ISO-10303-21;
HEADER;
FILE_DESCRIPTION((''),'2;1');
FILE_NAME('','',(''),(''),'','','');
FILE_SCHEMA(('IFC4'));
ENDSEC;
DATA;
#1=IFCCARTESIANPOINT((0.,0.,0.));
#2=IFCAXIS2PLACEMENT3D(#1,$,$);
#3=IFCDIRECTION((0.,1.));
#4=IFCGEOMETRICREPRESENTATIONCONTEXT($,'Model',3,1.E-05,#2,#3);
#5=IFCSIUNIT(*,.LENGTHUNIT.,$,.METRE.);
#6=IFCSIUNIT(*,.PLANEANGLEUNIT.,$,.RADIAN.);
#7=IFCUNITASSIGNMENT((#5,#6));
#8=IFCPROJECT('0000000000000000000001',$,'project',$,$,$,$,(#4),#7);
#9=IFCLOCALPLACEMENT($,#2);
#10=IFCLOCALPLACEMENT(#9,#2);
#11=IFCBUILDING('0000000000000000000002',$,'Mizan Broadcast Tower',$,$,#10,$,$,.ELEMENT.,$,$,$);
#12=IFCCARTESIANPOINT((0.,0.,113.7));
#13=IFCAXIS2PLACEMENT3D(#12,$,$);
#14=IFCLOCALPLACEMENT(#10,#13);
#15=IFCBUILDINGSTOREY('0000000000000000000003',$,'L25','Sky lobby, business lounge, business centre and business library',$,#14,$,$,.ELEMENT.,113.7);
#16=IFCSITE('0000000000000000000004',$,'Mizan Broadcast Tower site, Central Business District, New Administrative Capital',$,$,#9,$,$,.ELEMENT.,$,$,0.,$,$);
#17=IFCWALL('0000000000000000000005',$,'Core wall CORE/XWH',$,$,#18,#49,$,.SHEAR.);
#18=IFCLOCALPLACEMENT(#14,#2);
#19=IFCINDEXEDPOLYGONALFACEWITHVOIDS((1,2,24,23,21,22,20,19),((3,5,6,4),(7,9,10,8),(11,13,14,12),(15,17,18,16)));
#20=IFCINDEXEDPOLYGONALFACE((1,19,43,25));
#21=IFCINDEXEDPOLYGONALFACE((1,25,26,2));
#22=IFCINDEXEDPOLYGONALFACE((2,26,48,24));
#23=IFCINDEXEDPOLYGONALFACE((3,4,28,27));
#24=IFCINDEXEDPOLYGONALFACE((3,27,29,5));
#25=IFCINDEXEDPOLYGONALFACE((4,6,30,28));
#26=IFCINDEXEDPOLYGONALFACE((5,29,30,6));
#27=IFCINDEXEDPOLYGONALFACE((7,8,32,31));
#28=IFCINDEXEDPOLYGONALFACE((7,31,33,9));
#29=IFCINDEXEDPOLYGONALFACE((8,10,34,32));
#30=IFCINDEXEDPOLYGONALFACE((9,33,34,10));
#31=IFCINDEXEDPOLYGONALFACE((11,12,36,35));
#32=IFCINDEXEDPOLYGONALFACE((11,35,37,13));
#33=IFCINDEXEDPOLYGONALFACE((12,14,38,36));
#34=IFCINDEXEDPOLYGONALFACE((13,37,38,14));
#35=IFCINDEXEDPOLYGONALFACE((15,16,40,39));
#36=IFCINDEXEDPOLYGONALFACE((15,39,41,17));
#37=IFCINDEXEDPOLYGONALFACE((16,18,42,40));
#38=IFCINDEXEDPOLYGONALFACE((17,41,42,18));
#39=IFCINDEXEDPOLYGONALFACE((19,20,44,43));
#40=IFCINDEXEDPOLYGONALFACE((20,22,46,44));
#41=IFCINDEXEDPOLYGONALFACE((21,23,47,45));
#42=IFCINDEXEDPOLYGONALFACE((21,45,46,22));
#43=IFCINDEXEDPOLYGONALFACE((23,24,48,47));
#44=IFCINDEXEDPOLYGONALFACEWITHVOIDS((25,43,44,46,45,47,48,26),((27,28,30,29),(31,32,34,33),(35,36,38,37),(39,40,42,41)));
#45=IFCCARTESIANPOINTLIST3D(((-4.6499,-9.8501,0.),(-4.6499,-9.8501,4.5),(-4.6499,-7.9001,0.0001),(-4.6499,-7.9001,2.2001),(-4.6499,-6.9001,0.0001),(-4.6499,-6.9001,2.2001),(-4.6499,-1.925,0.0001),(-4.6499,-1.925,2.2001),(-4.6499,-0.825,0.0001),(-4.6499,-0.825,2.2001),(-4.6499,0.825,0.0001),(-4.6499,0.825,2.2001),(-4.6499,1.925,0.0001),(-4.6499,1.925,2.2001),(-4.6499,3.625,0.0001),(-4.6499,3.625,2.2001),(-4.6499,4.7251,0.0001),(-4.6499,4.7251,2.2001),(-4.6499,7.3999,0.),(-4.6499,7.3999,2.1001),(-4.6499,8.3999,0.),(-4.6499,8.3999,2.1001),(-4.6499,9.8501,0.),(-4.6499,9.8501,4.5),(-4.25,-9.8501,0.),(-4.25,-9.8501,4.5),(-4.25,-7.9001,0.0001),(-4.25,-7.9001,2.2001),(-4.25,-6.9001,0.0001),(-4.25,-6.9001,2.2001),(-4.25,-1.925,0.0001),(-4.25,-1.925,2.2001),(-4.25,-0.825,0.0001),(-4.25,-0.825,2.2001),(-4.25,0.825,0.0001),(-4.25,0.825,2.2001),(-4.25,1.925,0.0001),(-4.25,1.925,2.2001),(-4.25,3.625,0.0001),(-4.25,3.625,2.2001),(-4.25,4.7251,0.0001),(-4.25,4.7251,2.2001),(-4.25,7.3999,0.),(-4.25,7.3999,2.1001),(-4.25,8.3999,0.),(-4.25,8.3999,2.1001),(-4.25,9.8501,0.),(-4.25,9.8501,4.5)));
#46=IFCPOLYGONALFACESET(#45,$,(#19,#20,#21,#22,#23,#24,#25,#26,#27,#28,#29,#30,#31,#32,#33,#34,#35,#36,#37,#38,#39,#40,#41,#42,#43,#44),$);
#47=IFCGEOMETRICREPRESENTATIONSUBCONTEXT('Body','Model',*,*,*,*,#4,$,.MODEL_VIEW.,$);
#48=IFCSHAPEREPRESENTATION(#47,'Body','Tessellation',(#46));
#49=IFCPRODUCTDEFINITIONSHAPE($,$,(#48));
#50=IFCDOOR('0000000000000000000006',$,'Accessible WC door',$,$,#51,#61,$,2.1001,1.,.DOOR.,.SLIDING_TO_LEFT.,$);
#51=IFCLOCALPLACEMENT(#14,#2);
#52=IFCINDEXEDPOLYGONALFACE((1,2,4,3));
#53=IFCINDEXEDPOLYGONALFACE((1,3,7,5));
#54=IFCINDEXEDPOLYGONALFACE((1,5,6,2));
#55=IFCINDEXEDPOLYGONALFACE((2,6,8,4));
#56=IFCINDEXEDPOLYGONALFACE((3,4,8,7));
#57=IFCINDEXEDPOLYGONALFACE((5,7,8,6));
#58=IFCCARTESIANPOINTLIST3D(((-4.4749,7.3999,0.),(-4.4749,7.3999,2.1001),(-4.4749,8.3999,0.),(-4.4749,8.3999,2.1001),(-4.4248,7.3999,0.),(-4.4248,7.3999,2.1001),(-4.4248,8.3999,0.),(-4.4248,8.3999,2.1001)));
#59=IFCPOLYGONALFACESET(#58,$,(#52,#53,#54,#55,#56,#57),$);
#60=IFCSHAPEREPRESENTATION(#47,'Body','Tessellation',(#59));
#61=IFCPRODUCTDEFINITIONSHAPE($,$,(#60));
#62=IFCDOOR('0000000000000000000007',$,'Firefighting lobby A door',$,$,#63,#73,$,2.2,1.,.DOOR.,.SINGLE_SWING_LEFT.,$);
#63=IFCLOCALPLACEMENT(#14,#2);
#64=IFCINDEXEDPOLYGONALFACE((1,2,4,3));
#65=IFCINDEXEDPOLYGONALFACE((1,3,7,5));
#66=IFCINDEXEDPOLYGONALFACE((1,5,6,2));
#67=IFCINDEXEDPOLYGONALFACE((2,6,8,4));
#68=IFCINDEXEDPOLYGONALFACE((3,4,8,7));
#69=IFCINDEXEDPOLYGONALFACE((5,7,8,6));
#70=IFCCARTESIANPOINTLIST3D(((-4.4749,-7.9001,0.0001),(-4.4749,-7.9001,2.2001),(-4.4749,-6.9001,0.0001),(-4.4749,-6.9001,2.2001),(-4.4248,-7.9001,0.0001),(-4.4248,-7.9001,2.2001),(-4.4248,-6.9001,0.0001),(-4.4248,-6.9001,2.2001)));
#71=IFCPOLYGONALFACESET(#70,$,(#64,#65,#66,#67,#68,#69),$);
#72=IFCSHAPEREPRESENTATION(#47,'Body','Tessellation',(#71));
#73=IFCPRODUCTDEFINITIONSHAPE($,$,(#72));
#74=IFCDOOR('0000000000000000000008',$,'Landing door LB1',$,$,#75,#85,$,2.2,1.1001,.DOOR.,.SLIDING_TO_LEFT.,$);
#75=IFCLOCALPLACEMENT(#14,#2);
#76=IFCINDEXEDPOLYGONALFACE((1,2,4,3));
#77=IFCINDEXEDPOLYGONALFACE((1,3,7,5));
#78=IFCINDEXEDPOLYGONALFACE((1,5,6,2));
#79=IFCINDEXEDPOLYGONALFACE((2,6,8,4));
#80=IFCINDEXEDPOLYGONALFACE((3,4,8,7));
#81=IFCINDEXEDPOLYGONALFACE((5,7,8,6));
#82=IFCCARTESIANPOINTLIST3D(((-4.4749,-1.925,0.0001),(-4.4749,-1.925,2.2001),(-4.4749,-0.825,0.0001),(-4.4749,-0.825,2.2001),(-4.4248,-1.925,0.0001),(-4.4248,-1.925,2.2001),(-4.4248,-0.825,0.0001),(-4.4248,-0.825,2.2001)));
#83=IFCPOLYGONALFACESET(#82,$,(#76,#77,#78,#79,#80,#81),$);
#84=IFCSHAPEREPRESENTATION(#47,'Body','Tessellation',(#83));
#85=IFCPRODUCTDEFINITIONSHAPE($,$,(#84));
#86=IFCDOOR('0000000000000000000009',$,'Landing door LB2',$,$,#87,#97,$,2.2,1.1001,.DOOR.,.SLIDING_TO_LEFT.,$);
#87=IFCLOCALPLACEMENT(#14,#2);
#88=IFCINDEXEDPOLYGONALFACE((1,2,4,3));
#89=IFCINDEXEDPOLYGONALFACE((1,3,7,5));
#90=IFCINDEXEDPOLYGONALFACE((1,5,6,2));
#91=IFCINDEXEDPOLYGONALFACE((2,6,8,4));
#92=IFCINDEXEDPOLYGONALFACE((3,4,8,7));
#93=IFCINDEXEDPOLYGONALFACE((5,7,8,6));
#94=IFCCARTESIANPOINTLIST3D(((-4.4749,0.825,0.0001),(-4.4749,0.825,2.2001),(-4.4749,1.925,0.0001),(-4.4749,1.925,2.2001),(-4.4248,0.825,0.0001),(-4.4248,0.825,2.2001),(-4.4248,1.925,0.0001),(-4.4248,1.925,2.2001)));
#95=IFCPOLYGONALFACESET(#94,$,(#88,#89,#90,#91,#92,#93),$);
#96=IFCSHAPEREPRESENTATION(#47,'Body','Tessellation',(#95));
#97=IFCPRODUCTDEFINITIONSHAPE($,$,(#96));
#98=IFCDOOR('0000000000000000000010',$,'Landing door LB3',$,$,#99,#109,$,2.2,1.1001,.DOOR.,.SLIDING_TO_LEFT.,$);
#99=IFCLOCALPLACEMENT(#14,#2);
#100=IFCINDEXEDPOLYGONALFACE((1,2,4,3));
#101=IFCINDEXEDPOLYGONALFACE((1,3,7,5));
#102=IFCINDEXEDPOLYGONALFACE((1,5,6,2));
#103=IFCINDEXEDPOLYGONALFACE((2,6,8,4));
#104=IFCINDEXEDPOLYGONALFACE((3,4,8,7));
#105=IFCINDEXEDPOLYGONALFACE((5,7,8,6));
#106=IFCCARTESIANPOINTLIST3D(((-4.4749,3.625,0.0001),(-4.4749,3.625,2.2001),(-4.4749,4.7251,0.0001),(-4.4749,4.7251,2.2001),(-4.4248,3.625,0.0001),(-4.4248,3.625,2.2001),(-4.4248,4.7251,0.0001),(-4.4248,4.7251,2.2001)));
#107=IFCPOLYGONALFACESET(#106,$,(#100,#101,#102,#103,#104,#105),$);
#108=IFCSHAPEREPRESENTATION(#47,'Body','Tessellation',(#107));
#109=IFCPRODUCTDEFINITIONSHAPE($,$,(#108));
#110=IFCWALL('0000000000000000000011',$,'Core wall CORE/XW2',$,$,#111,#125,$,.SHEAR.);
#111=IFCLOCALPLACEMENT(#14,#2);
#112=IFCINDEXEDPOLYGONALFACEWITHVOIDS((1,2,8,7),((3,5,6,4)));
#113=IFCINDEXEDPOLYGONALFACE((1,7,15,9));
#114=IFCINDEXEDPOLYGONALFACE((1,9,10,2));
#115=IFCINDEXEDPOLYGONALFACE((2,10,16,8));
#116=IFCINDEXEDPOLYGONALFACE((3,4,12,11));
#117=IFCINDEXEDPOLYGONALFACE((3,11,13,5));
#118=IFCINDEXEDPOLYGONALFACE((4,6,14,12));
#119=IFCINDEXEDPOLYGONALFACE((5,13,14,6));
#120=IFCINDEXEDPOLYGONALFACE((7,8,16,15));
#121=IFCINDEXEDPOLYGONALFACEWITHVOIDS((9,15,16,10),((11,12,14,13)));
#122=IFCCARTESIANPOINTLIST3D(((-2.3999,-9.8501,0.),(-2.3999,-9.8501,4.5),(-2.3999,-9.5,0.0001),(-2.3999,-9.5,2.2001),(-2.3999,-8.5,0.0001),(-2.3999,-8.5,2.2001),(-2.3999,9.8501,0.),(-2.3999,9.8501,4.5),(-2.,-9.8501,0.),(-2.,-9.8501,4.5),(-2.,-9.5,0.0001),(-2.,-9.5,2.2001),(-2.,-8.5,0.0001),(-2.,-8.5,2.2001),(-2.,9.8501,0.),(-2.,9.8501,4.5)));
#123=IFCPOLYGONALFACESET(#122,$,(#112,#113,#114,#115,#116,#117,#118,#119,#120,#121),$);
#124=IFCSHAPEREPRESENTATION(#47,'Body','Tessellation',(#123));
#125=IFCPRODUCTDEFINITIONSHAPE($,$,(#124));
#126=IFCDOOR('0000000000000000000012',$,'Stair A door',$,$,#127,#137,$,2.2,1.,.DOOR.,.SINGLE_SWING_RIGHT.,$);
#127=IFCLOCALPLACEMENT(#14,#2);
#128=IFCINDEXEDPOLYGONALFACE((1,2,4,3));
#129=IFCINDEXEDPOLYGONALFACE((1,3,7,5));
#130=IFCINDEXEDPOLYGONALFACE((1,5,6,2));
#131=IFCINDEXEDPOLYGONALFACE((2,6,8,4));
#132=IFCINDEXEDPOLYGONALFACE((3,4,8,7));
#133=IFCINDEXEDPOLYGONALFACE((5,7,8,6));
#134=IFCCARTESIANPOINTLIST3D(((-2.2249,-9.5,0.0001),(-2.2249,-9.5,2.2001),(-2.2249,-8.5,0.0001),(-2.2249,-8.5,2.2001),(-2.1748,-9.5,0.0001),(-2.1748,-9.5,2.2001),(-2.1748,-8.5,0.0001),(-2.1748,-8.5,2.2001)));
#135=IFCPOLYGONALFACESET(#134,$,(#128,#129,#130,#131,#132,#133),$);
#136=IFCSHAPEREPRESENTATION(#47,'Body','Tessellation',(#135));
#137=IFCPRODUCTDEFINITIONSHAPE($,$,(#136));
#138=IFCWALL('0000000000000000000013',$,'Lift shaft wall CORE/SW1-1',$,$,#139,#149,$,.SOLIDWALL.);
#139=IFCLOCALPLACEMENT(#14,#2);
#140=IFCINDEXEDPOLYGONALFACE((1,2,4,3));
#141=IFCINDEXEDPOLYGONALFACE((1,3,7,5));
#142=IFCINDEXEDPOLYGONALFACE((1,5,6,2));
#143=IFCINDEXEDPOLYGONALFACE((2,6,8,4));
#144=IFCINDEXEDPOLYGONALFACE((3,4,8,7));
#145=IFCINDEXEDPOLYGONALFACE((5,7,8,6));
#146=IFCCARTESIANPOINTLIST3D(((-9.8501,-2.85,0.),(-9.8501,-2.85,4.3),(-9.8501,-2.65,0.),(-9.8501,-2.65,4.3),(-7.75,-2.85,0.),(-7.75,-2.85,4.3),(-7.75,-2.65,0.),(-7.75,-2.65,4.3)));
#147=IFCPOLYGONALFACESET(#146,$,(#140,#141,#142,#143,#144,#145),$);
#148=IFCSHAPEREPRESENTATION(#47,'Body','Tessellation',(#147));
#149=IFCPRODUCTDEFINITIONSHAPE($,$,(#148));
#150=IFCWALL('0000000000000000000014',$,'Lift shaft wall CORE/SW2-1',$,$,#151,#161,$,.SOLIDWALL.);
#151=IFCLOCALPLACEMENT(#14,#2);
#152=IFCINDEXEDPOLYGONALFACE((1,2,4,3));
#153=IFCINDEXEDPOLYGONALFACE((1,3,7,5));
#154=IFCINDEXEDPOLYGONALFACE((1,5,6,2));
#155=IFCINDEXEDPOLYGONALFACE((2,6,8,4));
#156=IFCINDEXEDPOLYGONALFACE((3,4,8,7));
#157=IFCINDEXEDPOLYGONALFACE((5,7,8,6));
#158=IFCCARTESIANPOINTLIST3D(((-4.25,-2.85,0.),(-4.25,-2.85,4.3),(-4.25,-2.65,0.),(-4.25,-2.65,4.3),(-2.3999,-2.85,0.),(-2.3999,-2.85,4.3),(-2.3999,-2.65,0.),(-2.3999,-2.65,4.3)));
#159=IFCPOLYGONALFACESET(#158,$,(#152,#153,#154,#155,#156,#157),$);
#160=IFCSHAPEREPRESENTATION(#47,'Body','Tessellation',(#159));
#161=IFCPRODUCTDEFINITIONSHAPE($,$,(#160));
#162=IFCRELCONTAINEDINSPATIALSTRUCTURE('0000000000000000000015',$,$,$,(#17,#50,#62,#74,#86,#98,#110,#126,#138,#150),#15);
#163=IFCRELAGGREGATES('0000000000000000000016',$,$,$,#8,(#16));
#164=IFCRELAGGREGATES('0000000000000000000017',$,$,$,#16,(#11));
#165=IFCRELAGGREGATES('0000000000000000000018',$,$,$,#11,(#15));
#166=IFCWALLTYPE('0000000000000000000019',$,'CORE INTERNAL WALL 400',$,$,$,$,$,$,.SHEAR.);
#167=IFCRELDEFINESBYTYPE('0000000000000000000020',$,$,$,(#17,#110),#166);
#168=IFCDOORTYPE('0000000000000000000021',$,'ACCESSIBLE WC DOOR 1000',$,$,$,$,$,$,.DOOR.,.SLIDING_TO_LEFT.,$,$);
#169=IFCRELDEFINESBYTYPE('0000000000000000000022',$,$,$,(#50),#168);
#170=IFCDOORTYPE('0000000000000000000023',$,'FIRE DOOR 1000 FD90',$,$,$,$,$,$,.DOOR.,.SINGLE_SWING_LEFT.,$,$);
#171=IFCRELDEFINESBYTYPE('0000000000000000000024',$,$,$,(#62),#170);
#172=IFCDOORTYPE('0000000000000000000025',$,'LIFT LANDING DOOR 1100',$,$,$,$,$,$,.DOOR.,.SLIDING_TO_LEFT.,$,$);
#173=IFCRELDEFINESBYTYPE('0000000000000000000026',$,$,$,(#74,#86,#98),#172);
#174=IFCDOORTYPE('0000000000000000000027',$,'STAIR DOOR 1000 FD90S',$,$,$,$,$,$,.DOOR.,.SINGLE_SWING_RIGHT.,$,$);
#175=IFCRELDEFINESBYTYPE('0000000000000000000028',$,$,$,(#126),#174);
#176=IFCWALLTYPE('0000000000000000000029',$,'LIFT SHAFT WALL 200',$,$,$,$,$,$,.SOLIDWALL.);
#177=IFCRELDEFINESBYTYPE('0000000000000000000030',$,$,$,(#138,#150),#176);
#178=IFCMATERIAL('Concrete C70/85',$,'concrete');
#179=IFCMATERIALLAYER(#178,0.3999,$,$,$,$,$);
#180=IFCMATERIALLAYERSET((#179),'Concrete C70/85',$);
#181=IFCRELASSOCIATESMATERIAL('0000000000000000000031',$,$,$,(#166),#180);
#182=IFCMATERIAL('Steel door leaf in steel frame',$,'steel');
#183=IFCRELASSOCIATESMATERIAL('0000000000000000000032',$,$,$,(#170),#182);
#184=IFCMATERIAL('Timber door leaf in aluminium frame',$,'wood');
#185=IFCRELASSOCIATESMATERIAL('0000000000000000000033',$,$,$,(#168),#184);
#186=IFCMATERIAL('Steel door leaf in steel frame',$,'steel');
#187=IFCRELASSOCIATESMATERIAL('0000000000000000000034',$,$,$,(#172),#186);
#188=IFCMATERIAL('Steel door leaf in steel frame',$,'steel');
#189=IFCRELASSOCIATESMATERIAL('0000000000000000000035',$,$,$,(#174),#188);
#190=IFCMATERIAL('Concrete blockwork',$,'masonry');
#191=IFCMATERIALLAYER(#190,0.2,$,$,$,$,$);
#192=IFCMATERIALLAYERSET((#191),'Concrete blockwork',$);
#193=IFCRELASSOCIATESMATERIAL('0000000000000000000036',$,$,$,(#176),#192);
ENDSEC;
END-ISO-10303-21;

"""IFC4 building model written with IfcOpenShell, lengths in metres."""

from ifc_helpers import new_model, si_unit, direction, frame, frame_2d, origin, place, context, subcontext, project, spatial, rectangle, extrude, material, layer, layer_set, type_object, element, fill, save


model = new_model("IFC4")

# Units and contexts
model_context = context("Model", 3, precision=1e-05, world=origin(), true_north=direction((0.0, 1.0)))
body_context = subcontext(model_context, "Body", "Model", "MODEL_VIEW")
ifc_project = project(units=[si_unit("LENGTHUNIT", "METRE"), si_unit("PLANEANGLEUNIT", "RADIAN")], contexts=[model_context])

# Site, building, storey
site_placement = place(None, origin())
site = spatial("IfcSite", under=ifc_project, at=site_placement, Name="Mizan Broadcast Tower site, Central Business District, New Administrative Capital", CompositionType="ELEMENT", RefElevation=0.0)
building_placement = place(site_placement, origin())
building = spatial("IfcBuilding", under=site, at=building_placement, Name="Mizan Broadcast Tower", CompositionType="ELEMENT")
storey_placement = place(building_placement, frame((0.0, 0.0, 113.7)))
storey = spatial("IfcBuildingStorey", under=building, at=storey_placement, Name="L25", Description="Sky lobby, business lounge, business centre and business library", CompositionType="ELEMENT", Elevation=113.7)

# Wall, openings, doors
ifc_material_1 = material(Name="Concrete C70/85", Category="concrete")
ifc_layer_1 = layer(ifc_material_1, 0.3999)
ifc_layer_set_1 = layer_set([ifc_layer_1], Name="Concrete C70/85")
wall_type_1 = type_object("IfcWallType", Name="CORE INTERNAL WALL 400", PredefinedType="SHEAR", material=ifc_layer_set_1)
ifc_material_2 = material(Name="Steel door leaf in steel frame", Category="steel")
door_type_1 = type_object("IfcDoorType", Name="FIRE DOOR 1000 FD90", OperationType="SINGLE_SWING_LEFT", PredefinedType="DOOR", material=ifc_material_2)
wall_1_placement = place(storey_placement, frame((-4.45, -9.8501, 0.0), z_axis=(0.0, 0.0, 1.0), x_axis=(0.0, 1.0, 0.0)))
wall_1 = element("IfcWall", 1, at=wall_1_placement, inside=storey, type_object=wall_type_1, Name="Core wall CORE/XWH", PredefinedType="SHEAR", context=body_context, shape_type="SweptSolid", body=[
    extrude(rectangle(XDim=19.7002, YDim=0.3999, at=frame_2d((9.8501, 0.0))), origin(), (0.0, 0.0, 1.0), 4.5),
])
opening_1_placement = place(wall_1_placement, frame((1.95, 0.0, 0.0)))
opening_1 = element("IfcOpeningElement", 2, at=opening_1_placement, cuts=wall_1, PredefinedType="OPENING", context=body_context, shape_type="SweptSolid", body=[
    extrude(rectangle(XDim=1.0, YDim=2.2, at=frame_2d((0.5, 1.1001))), frame((0.0, 0.21, 0.0), z_axis=(0.0, -1.0, 0.0), x_axis=(1.0, 0.0, 0.0)), (0.0, 0.0, 1.0), 0.4199),
])
opening_2_placement = place(wall_1_placement, frame((17.25, 0.0, 0.0)))
opening_2 = element("IfcOpeningElement", 3, at=opening_2_placement, cuts=wall_1, PredefinedType="OPENING", context=body_context, shape_type="SweptSolid", body=[
    extrude(rectangle(XDim=1.0, YDim=2.1001, at=frame_2d((0.5, 1.05))), frame((0.0, 0.21, 0.0), z_axis=(0.0, -1.0, 0.0), x_axis=(1.0, 0.0, 0.0)), (0.0, 0.0, 1.0), 0.4199),
])
opening_3_placement = place(wall_1_placement, frame((7.925, 0.0, 0.0)))
opening_3 = element("IfcOpeningElement", 4, at=opening_3_placement, cuts=wall_1, PredefinedType="OPENING", context=body_context, shape_type="SweptSolid", body=[
    extrude(rectangle(XDim=1.1001, YDim=2.2, at=frame_2d((0.55, 1.1001))), frame((0.0, 0.21, 0.0), z_axis=(0.0, -1.0, 0.0), x_axis=(1.0, 0.0, 0.0)), (0.0, 0.0, 1.0), 0.4199),
])
opening_4_placement = place(wall_1_placement, frame((10.675, 0.0, 0.0)))
opening_4 = element("IfcOpeningElement", 5, at=opening_4_placement, cuts=wall_1, PredefinedType="OPENING", context=body_context, shape_type="SweptSolid", body=[
    extrude(rectangle(XDim=1.1001, YDim=2.2, at=frame_2d((0.55, 1.1001))), frame((0.0, 0.21, 0.0), z_axis=(0.0, -1.0, 0.0), x_axis=(1.0, 0.0, 0.0)), (0.0, 0.0, 1.0), 0.4199),
])
opening_5_placement = place(wall_1_placement, frame((13.4751, 0.0, 0.0)))
opening_5 = element("IfcOpeningElement", 6, at=opening_5_placement, cuts=wall_1, PredefinedType="OPENING", context=body_context, shape_type="SweptSolid", body=[
    extrude(rectangle(XDim=1.1001, YDim=2.2, at=frame_2d((0.55, 1.1001))), frame((0.0, 0.21, 0.0), z_axis=(0.0, -1.0, 0.0), x_axis=(1.0, 0.0, 0.0)), (0.0, 0.0, 1.0), 0.4199),
])
ifc_material_3 = material(Name="Timber door leaf in aluminium frame", Category="wood")
door_type_2 = type_object("IfcDoorType", Name="ACCESSIBLE WC DOOR 1000", OperationType="SLIDING_TO_LEFT", PredefinedType="DOOR", material=ifc_material_3)
door_1_placement = place(opening_2_placement, origin())
door_1 = element("IfcDoor", 7, at=door_1_placement, inside=storey, type_object=door_type_2, Name="Accessible WC door", OperationType="SLIDING_TO_LEFT", OverallHeight=2.1001, OverallWidth=1.0, PredefinedType="DOOR", context=body_context, shape_type="SweptSolid", body=[
    extrude(rectangle(XDim=1.0, YDim=2.1001, at=frame_2d((0.5, 1.05))), frame((0.0, 0.0249, 0.0), z_axis=(0.0, -1.0, 0.0), x_axis=(1.0, 0.0, 0.0)), (0.0, 0.0, 1.0), 0.05),
])
fill(opening_2, door_1)
door_2_placement = place(opening_1_placement, origin())
door_2 = element("IfcDoor", 8, at=door_2_placement, inside=storey, type_object=door_type_1, Name="Firefighting lobby A door", OperationType="SINGLE_SWING_LEFT", OverallHeight=2.2, OverallWidth=1.0, PredefinedType="DOOR", context=body_context, shape_type="SweptSolid", body=[
    extrude(rectangle(XDim=1.0, YDim=2.2, at=frame_2d((0.5, 1.1001))), frame((0.0, 0.0249, 0.0), z_axis=(0.0, -1.0, 0.0), x_axis=(1.0, 0.0, 0.0)), (0.0, 0.0, 1.0), 0.05),
])
fill(opening_1, door_2)
ifc_material_4 = material(Name="Steel door leaf in steel frame", Category="steel")
door_type_3 = type_object("IfcDoorType", Name="LIFT LANDING DOOR 1100", OperationType="SLIDING_TO_LEFT", PredefinedType="DOOR", material=ifc_material_4)
door_3_placement = place(opening_3_placement, origin())
door_3 = element("IfcDoor", 9, at=door_3_placement, inside=storey, type_object=door_type_3, Name="Landing door LB1", OperationType="SLIDING_TO_LEFT", OverallHeight=2.2, OverallWidth=1.1001, PredefinedType="DOOR", context=body_context, shape_type="SweptSolid", body=[
    extrude(rectangle(XDim=1.1001, YDim=2.2, at=frame_2d((0.55, 1.1001))), frame((0.0, 0.0249, 0.0), z_axis=(0.0, -1.0, 0.0), x_axis=(1.0, 0.0, 0.0)), (0.0, 0.0, 1.0), 0.05),
])
fill(opening_3, door_3)
door_4_placement = place(opening_4_placement, origin())
door_4 = element("IfcDoor", 10, at=door_4_placement, inside=storey, type_object=door_type_3, Name="Landing door LB2", OperationType="SLIDING_TO_LEFT", OverallHeight=2.2, OverallWidth=1.1001, PredefinedType="DOOR", context=body_context, shape_type="SweptSolid", body=[
    extrude(rectangle(XDim=1.1001, YDim=2.2, at=frame_2d((0.55, 1.1001))), frame((0.0, 0.0249, 0.0), z_axis=(0.0, -1.0, 0.0), x_axis=(1.0, 0.0, 0.0)), (0.0, 0.0, 1.0), 0.05),
])
fill(opening_4, door_4)
door_5_placement = place(opening_5_placement, origin())
door_5 = element("IfcDoor", 11, at=door_5_placement, inside=storey, type_object=door_type_3, Name="Landing door LB3", OperationType="SLIDING_TO_LEFT", OverallHeight=2.2, OverallWidth=1.1001, PredefinedType="DOOR", context=body_context, shape_type="SweptSolid", body=[
    extrude(rectangle(XDim=1.1001, YDim=2.2, at=frame_2d((0.55, 1.1001))), frame((0.0, 0.0249, 0.0), z_axis=(0.0, -1.0, 0.0), x_axis=(1.0, 0.0, 0.0)), (0.0, 0.0, 1.0), 0.05),
])
fill(opening_5, door_5)

# Wall, opening, door
wall_2_placement = place(storey_placement, frame((-2.2, -9.8501, 0.0), z_axis=(0.0, 0.0, 1.0), x_axis=(0.0, 1.0, 0.0)))
wall_2 = element("IfcWall", 12, at=wall_2_placement, inside=storey, type_object=wall_type_1, Name="Core wall CORE/XW2", PredefinedType="SHEAR", context=body_context, shape_type="SweptSolid", body=[
    extrude(rectangle(XDim=19.7002, YDim=0.3999, at=frame_2d((9.8501, 0.0))), origin(), (0.0, 0.0, 1.0), 4.5),
])
opening_6_placement = place(wall_2_placement, frame((0.3501, 0.0, 0.0)))
opening_6 = element("IfcOpeningElement", 13, at=opening_6_placement, cuts=wall_2, PredefinedType="OPENING", context=body_context, shape_type="SweptSolid", body=[
    extrude(rectangle(XDim=1.0, YDim=2.2, at=frame_2d((0.5, 1.1001))), frame((0.0, 0.21, 0.0), z_axis=(0.0, -1.0, 0.0), x_axis=(1.0, 0.0, 0.0)), (0.0, 0.0, 1.0), 0.4199),
])
ifc_material_5 = material(Name="Steel door leaf in steel frame", Category="steel")
door_type_4 = type_object("IfcDoorType", Name="STAIR DOOR 1000 FD90S", OperationType="SINGLE_SWING_RIGHT", PredefinedType="DOOR", material=ifc_material_5)
door_6_placement = place(opening_6_placement, origin())
door_6 = element("IfcDoor", 14, at=door_6_placement, inside=storey, type_object=door_type_4, Name="Stair A door", OperationType="SINGLE_SWING_RIGHT", OverallHeight=2.2, OverallWidth=1.0, PredefinedType="DOOR", context=body_context, shape_type="SweptSolid", body=[
    extrude(rectangle(XDim=1.0, YDim=2.2, at=frame_2d((0.5, 1.1001))), frame((0.0, 0.0249, 0.0), z_axis=(0.0, -1.0, 0.0), x_axis=(1.0, 0.0, 0.0)), (0.0, 0.0, 1.0), 0.05),
])
fill(opening_6, door_6)

# Walls
ifc_material_6 = material(Name="Concrete blockwork", Category="masonry")
ifc_layer_2 = layer(ifc_material_6, 0.2)
ifc_layer_set_2 = layer_set([ifc_layer_2], Name="Concrete blockwork")
wall_type_2 = type_object("IfcWallType", Name="LIFT SHAFT WALL 200", PredefinedType="SOLIDWALL", material=ifc_layer_set_2)
wall_3_placement = place(storey_placement, frame((-9.8501, -2.75, 0.0), z_axis=(0.0, 0.0, 1.0), x_axis=(1.0, 0.0, 0.0)))
element("IfcWall", 15, at=wall_3_placement, inside=storey, type_object=wall_type_2, Name="Lift shaft wall CORE/SW1-1", PredefinedType="SOLIDWALL", context=body_context, shape_type="SweptSolid", body=[
    extrude(rectangle(XDim=2.1001, YDim=0.2, at=frame_2d((1.05, 0.0))), origin(), (0.0, 0.0, 1.0), 4.3),
])
wall_4_placement = place(storey_placement, frame((-4.25, -2.75, 0.0), z_axis=(0.0, 0.0, 1.0), x_axis=(1.0, 0.0, 0.0)))
element("IfcWall", 16, at=wall_4_placement, inside=storey, type_object=wall_type_2, Name="Lift shaft wall CORE/SW2-1", PredefinedType="SOLIDWALL", context=body_context, shape_type="SweptSolid", body=[
    extrude(rectangle(XDim=1.8501, YDim=0.2, at=frame_2d((0.925, 0.0))), origin(), (0.0, 0.0, 1.0), 4.3),
])

save(model, "model.ifc")
